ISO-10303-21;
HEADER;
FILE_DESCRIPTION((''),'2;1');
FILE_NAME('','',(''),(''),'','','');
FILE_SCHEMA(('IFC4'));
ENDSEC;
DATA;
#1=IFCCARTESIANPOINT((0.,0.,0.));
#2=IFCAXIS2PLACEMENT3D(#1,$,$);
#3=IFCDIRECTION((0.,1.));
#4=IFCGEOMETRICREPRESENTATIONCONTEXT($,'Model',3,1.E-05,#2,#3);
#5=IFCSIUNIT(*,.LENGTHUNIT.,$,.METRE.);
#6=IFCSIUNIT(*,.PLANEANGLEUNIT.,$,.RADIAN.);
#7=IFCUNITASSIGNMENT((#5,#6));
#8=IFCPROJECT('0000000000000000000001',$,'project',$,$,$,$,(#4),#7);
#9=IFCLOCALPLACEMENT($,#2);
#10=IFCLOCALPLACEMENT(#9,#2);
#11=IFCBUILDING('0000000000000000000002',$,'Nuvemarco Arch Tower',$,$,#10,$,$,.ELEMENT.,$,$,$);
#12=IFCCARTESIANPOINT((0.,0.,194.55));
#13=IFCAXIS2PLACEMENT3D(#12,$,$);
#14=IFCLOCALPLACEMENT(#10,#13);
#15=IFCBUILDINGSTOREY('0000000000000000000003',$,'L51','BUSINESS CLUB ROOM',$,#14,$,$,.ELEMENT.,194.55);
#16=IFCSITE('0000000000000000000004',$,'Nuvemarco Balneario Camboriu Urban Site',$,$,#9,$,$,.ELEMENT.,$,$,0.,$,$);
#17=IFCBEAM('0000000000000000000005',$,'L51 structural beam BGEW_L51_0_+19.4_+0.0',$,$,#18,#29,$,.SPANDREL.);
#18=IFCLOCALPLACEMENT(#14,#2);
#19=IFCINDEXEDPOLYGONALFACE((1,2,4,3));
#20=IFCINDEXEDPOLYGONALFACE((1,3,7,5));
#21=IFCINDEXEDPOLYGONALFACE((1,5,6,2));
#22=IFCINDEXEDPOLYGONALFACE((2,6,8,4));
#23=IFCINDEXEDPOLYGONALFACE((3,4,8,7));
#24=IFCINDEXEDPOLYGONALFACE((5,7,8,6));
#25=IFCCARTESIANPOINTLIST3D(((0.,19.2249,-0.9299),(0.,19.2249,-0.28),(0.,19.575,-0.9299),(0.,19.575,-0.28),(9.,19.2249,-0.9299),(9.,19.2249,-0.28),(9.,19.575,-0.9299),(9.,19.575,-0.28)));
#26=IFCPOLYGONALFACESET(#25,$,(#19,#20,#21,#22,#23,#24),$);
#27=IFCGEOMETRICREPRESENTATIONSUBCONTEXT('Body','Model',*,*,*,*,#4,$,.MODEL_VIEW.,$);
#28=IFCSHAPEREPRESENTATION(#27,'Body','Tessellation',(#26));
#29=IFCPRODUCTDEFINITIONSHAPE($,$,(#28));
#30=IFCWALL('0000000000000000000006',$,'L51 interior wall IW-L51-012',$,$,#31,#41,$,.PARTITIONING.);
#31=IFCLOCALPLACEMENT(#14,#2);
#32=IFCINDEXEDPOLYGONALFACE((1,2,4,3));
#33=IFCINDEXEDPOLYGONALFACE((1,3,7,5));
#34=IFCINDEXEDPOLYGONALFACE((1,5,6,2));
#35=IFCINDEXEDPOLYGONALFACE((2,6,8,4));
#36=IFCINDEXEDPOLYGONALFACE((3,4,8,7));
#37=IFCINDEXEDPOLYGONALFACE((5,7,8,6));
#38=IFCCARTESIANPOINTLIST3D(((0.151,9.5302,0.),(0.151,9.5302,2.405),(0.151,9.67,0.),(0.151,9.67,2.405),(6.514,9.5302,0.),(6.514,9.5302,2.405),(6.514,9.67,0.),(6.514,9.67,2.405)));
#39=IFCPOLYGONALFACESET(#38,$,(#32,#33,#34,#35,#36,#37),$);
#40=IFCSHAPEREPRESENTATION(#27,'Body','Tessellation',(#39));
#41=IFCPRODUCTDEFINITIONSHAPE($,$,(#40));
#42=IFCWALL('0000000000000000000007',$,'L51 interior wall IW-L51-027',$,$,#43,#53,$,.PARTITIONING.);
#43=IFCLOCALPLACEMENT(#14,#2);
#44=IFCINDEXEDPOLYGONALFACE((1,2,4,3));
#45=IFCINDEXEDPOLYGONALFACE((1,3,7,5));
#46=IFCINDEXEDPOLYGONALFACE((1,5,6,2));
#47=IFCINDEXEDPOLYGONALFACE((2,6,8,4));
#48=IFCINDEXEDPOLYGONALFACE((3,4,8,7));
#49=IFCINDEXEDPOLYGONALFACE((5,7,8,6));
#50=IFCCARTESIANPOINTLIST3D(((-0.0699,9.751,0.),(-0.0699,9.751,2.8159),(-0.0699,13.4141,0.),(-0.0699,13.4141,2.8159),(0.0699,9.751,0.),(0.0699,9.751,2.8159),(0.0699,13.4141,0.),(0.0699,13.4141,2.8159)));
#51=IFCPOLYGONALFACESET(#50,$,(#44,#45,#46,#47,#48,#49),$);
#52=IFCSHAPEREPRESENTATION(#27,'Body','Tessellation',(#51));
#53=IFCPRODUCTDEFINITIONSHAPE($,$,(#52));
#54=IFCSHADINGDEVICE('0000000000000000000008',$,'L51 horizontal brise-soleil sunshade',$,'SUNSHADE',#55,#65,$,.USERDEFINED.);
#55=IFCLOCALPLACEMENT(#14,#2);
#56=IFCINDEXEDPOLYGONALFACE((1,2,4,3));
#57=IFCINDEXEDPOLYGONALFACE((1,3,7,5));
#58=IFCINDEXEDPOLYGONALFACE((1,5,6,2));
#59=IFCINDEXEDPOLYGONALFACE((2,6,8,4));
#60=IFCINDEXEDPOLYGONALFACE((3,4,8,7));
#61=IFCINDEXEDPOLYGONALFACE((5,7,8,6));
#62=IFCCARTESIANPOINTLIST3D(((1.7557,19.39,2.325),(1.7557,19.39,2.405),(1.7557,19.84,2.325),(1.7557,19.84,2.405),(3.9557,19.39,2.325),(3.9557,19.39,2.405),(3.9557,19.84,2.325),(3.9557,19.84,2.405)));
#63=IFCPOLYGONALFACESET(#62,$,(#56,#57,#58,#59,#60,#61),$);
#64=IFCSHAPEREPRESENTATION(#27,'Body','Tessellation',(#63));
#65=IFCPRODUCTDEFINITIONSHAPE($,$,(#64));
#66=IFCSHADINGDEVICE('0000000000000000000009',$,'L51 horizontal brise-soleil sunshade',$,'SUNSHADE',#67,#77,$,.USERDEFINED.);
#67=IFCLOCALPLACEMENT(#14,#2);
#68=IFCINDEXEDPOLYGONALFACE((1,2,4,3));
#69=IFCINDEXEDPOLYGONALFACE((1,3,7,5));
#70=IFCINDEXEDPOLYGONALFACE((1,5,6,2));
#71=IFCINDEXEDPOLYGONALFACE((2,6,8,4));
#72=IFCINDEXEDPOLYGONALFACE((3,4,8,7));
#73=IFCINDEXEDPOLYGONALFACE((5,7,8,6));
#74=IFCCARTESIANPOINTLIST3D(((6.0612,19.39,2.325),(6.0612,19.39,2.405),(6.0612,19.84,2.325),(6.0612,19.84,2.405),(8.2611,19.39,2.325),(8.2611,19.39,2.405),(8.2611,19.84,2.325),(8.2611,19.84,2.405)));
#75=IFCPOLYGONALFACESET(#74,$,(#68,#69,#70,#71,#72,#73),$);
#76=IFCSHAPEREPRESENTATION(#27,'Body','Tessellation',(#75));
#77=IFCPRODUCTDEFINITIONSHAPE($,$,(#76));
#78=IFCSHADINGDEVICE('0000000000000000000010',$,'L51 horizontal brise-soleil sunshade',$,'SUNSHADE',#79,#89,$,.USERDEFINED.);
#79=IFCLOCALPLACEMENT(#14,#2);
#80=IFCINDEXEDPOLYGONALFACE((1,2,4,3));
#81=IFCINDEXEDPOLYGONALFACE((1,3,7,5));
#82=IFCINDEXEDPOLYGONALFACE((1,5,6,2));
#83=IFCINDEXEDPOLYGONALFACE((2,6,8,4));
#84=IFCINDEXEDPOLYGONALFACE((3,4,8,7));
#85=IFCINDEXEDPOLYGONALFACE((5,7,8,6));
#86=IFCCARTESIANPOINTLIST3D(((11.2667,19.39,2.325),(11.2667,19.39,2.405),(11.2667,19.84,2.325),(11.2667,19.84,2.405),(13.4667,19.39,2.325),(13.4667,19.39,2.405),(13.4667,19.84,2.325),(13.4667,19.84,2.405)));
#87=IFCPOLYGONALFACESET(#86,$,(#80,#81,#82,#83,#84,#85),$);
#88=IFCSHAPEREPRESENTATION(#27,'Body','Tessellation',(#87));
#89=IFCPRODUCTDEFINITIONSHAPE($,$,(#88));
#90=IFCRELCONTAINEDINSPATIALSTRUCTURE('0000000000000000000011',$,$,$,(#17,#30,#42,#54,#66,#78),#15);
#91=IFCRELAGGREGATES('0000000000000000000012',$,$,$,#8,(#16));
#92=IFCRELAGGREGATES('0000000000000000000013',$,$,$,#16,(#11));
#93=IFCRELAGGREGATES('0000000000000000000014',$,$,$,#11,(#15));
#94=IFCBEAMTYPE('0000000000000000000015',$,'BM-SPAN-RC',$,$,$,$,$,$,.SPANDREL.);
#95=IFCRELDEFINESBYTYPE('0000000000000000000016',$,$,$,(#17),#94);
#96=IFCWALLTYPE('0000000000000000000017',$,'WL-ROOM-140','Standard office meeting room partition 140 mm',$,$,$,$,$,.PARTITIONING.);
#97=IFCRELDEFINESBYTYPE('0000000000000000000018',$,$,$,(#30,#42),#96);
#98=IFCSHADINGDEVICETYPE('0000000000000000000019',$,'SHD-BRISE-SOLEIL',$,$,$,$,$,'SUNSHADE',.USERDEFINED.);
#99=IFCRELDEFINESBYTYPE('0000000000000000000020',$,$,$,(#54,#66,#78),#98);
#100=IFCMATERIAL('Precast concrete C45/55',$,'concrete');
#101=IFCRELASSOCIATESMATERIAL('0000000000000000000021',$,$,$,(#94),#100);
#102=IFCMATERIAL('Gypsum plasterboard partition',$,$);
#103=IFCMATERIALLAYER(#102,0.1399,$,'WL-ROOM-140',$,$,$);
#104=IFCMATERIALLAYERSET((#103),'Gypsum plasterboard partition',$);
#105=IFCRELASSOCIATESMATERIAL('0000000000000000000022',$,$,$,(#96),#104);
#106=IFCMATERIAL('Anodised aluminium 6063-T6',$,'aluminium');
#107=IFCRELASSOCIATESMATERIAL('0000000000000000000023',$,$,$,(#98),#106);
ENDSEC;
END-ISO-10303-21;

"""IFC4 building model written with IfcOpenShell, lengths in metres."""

from ifc_helpers import new_model, si_unit, direction, frame, frame_2d, origin, origin_2d, place, context, subcontext, project, spatial, rectangle, extrude, source, transform, mapped, material, layer, layer_set, material_profile, profile_set, type_object, type_shapes, element, save


model = new_model("IFC4")

# Units and contexts
model_context = context("Model", 3, precision=1e-05, world=origin(), true_north=direction((0.0, 1.0)))
body_context = subcontext(model_context, "Body", "Model", "MODEL_VIEW")
ifc_project = project(units=[si_unit("LENGTHUNIT", "METRE"), si_unit("PLANEANGLEUNIT", "RADIAN")], contexts=[model_context])

# Site, building, storey
site_placement = place(None, origin())
site = spatial("IfcSite", under=ifc_project, at=site_placement, Name="Nuvemarco Balneario Camboriu Urban Site", CompositionType="ELEMENT", RefElevation=0.0)
building_placement = place(site_placement, origin())
building = spatial("IfcBuilding", under=site, at=building_placement, Name="Nuvemarco Arch Tower", CompositionType="ELEMENT")
storey_placement = place(building_placement, frame((0.0, 0.0, 194.55)))
storey = spatial("IfcBuildingStorey", under=building, at=storey_placement, Name="L51", Description="BUSINESS CLUB ROOM", CompositionType="ELEMENT", Elevation=194.55)

# Beam
ifc_material_1 = material(Name="Precast concrete C45/55", Category="concrete")
ifc_material_profile_1 = material_profile(ifc_material_1, rectangle(XDim=0.3501, YDim=0.6499, at=origin_2d()), Name="PC-SP-350x650")
ifc_profile_set_1 = profile_set([ifc_material_profile_1], Name="Precast concrete C45/55")
beam_type_1 = type_object("IfcBeamType", Name="BM-SPAN-RC", PredefinedType="SPANDREL", material=ifc_profile_set_1)
beam_1_placement = place(storey_placement, frame((0.0, 19.3999, -0.605), z_axis=(1.0, 0.0, 0.0), x_axis=(0.0, 1.0, 0.0)))
element("IfcBeam", 1, at=beam_1_placement, inside=storey, type_object=beam_type_1, Name="L51 structural beam BGEW_L51_0_+19.4_+0.0", PredefinedType="SPANDREL", context=body_context, shape_type="SweptSolid", body=[
    extrude(rectangle(XDim=0.3501, YDim=0.6499, at=origin_2d()), origin(), (0.0, 0.0, 1.0), 9.0),
])

# Walls
ifc_material_2 = material(Name="Gypsum plasterboard partition")
ifc_layer = layer(ifc_material_2, 0.1399, Name="WL-ROOM-140")
ifc_layer_set = layer_set([ifc_layer], Name="Gypsum plasterboard partition")
wall_type = type_object("IfcWallType", Name="WL-ROOM-140", Description="Standard office meeting room partition 140 mm", PredefinedType="PARTITIONING", material=ifc_layer_set)
wall_1_placement = place(storey_placement, frame((0.1509, 9.6001, 0.0), z_axis=(0.0, 0.0, 1.0), x_axis=(1.0, 0.0, 0.0)))
element("IfcWall", 2, at=wall_1_placement, inside=storey, type_object=wall_type, Name="L51 interior wall IW-L51-012", PredefinedType="PARTITIONING", context=body_context, shape_type="SweptSolid", body=[
    extrude(rectangle(XDim=6.363, YDim=0.1399, at=frame_2d((3.1816, 0.0))), origin(), (0.0, 0.0, 1.0), 2.405),
])
wall_2_placement = place(storey_placement, frame((0.0, 9.751, 0.0), z_axis=(0.0, 0.0, 1.0), x_axis=(0.0, 1.0, 0.0)))
element("IfcWall", 3, at=wall_2_placement, inside=storey, type_object=wall_type, Name="L51 interior wall IW-L51-027", PredefinedType="PARTITIONING", context=body_context, shape_type="SweptSolid", body=[
    extrude(rectangle(XDim=3.6631, YDim=0.1399, at=frame_2d((1.8315, 0.0))), origin(), (0.0, 0.0, 1.0), 2.8159),
])

# Shading devices
ifc_material_3 = material(Name="Anodised aluminium 6063-T6", Category="aluminium")
shading_device_type = type_object("IfcShadingDeviceType", Name="SHD-BRISE-SOLEIL", ElementType="SUNSHADE", PredefinedType="USERDEFINED", material=ifc_material_3)
shared_shape = source(origin(), body_context, "Body", "SweptSolid", [
    extrude(rectangle(XDim=2.2, YDim=0.45, at=origin_2d()), origin(), (0.0, 0.0, 1.0), 0.0801),
])
type_shapes(shading_device_type, [shared_shape])
for number, where, z_axis, x_axis, name in (
    (4, (2.8557, 19.615, 2.325), (0.0, 0.0, 1.0), (1.0, 0.0, 0.0), "L51 horizontal brise-soleil sunshade"),
    (5, (7.1611, 19.615, 2.325), (0.0, 0.0, 1.0), (1.0, 0.0, 0.0), "L51 horizontal brise-soleil sunshade"),
    (6, (12.3667, 19.615, 2.325), (0.0, 0.0, 1.0), (1.0, 0.0, 0.0), "L51 horizontal brise-soleil sunshade"),
):
    element("IfcShadingDevice", number, at=place(storey_placement, frame(where, z_axis=z_axis, x_axis=x_axis)), inside=storey, type_object=shading_device_type, Name=name, ObjectType="SUNSHADE", PredefinedType="USERDEFINED", context=body_context, shape_type="MappedRepresentation", body=[
        mapped(shared_shape, transform((0.0, 0.0, 0.0), scale=1.0)),
    ])

save(model, "model.ifc")
